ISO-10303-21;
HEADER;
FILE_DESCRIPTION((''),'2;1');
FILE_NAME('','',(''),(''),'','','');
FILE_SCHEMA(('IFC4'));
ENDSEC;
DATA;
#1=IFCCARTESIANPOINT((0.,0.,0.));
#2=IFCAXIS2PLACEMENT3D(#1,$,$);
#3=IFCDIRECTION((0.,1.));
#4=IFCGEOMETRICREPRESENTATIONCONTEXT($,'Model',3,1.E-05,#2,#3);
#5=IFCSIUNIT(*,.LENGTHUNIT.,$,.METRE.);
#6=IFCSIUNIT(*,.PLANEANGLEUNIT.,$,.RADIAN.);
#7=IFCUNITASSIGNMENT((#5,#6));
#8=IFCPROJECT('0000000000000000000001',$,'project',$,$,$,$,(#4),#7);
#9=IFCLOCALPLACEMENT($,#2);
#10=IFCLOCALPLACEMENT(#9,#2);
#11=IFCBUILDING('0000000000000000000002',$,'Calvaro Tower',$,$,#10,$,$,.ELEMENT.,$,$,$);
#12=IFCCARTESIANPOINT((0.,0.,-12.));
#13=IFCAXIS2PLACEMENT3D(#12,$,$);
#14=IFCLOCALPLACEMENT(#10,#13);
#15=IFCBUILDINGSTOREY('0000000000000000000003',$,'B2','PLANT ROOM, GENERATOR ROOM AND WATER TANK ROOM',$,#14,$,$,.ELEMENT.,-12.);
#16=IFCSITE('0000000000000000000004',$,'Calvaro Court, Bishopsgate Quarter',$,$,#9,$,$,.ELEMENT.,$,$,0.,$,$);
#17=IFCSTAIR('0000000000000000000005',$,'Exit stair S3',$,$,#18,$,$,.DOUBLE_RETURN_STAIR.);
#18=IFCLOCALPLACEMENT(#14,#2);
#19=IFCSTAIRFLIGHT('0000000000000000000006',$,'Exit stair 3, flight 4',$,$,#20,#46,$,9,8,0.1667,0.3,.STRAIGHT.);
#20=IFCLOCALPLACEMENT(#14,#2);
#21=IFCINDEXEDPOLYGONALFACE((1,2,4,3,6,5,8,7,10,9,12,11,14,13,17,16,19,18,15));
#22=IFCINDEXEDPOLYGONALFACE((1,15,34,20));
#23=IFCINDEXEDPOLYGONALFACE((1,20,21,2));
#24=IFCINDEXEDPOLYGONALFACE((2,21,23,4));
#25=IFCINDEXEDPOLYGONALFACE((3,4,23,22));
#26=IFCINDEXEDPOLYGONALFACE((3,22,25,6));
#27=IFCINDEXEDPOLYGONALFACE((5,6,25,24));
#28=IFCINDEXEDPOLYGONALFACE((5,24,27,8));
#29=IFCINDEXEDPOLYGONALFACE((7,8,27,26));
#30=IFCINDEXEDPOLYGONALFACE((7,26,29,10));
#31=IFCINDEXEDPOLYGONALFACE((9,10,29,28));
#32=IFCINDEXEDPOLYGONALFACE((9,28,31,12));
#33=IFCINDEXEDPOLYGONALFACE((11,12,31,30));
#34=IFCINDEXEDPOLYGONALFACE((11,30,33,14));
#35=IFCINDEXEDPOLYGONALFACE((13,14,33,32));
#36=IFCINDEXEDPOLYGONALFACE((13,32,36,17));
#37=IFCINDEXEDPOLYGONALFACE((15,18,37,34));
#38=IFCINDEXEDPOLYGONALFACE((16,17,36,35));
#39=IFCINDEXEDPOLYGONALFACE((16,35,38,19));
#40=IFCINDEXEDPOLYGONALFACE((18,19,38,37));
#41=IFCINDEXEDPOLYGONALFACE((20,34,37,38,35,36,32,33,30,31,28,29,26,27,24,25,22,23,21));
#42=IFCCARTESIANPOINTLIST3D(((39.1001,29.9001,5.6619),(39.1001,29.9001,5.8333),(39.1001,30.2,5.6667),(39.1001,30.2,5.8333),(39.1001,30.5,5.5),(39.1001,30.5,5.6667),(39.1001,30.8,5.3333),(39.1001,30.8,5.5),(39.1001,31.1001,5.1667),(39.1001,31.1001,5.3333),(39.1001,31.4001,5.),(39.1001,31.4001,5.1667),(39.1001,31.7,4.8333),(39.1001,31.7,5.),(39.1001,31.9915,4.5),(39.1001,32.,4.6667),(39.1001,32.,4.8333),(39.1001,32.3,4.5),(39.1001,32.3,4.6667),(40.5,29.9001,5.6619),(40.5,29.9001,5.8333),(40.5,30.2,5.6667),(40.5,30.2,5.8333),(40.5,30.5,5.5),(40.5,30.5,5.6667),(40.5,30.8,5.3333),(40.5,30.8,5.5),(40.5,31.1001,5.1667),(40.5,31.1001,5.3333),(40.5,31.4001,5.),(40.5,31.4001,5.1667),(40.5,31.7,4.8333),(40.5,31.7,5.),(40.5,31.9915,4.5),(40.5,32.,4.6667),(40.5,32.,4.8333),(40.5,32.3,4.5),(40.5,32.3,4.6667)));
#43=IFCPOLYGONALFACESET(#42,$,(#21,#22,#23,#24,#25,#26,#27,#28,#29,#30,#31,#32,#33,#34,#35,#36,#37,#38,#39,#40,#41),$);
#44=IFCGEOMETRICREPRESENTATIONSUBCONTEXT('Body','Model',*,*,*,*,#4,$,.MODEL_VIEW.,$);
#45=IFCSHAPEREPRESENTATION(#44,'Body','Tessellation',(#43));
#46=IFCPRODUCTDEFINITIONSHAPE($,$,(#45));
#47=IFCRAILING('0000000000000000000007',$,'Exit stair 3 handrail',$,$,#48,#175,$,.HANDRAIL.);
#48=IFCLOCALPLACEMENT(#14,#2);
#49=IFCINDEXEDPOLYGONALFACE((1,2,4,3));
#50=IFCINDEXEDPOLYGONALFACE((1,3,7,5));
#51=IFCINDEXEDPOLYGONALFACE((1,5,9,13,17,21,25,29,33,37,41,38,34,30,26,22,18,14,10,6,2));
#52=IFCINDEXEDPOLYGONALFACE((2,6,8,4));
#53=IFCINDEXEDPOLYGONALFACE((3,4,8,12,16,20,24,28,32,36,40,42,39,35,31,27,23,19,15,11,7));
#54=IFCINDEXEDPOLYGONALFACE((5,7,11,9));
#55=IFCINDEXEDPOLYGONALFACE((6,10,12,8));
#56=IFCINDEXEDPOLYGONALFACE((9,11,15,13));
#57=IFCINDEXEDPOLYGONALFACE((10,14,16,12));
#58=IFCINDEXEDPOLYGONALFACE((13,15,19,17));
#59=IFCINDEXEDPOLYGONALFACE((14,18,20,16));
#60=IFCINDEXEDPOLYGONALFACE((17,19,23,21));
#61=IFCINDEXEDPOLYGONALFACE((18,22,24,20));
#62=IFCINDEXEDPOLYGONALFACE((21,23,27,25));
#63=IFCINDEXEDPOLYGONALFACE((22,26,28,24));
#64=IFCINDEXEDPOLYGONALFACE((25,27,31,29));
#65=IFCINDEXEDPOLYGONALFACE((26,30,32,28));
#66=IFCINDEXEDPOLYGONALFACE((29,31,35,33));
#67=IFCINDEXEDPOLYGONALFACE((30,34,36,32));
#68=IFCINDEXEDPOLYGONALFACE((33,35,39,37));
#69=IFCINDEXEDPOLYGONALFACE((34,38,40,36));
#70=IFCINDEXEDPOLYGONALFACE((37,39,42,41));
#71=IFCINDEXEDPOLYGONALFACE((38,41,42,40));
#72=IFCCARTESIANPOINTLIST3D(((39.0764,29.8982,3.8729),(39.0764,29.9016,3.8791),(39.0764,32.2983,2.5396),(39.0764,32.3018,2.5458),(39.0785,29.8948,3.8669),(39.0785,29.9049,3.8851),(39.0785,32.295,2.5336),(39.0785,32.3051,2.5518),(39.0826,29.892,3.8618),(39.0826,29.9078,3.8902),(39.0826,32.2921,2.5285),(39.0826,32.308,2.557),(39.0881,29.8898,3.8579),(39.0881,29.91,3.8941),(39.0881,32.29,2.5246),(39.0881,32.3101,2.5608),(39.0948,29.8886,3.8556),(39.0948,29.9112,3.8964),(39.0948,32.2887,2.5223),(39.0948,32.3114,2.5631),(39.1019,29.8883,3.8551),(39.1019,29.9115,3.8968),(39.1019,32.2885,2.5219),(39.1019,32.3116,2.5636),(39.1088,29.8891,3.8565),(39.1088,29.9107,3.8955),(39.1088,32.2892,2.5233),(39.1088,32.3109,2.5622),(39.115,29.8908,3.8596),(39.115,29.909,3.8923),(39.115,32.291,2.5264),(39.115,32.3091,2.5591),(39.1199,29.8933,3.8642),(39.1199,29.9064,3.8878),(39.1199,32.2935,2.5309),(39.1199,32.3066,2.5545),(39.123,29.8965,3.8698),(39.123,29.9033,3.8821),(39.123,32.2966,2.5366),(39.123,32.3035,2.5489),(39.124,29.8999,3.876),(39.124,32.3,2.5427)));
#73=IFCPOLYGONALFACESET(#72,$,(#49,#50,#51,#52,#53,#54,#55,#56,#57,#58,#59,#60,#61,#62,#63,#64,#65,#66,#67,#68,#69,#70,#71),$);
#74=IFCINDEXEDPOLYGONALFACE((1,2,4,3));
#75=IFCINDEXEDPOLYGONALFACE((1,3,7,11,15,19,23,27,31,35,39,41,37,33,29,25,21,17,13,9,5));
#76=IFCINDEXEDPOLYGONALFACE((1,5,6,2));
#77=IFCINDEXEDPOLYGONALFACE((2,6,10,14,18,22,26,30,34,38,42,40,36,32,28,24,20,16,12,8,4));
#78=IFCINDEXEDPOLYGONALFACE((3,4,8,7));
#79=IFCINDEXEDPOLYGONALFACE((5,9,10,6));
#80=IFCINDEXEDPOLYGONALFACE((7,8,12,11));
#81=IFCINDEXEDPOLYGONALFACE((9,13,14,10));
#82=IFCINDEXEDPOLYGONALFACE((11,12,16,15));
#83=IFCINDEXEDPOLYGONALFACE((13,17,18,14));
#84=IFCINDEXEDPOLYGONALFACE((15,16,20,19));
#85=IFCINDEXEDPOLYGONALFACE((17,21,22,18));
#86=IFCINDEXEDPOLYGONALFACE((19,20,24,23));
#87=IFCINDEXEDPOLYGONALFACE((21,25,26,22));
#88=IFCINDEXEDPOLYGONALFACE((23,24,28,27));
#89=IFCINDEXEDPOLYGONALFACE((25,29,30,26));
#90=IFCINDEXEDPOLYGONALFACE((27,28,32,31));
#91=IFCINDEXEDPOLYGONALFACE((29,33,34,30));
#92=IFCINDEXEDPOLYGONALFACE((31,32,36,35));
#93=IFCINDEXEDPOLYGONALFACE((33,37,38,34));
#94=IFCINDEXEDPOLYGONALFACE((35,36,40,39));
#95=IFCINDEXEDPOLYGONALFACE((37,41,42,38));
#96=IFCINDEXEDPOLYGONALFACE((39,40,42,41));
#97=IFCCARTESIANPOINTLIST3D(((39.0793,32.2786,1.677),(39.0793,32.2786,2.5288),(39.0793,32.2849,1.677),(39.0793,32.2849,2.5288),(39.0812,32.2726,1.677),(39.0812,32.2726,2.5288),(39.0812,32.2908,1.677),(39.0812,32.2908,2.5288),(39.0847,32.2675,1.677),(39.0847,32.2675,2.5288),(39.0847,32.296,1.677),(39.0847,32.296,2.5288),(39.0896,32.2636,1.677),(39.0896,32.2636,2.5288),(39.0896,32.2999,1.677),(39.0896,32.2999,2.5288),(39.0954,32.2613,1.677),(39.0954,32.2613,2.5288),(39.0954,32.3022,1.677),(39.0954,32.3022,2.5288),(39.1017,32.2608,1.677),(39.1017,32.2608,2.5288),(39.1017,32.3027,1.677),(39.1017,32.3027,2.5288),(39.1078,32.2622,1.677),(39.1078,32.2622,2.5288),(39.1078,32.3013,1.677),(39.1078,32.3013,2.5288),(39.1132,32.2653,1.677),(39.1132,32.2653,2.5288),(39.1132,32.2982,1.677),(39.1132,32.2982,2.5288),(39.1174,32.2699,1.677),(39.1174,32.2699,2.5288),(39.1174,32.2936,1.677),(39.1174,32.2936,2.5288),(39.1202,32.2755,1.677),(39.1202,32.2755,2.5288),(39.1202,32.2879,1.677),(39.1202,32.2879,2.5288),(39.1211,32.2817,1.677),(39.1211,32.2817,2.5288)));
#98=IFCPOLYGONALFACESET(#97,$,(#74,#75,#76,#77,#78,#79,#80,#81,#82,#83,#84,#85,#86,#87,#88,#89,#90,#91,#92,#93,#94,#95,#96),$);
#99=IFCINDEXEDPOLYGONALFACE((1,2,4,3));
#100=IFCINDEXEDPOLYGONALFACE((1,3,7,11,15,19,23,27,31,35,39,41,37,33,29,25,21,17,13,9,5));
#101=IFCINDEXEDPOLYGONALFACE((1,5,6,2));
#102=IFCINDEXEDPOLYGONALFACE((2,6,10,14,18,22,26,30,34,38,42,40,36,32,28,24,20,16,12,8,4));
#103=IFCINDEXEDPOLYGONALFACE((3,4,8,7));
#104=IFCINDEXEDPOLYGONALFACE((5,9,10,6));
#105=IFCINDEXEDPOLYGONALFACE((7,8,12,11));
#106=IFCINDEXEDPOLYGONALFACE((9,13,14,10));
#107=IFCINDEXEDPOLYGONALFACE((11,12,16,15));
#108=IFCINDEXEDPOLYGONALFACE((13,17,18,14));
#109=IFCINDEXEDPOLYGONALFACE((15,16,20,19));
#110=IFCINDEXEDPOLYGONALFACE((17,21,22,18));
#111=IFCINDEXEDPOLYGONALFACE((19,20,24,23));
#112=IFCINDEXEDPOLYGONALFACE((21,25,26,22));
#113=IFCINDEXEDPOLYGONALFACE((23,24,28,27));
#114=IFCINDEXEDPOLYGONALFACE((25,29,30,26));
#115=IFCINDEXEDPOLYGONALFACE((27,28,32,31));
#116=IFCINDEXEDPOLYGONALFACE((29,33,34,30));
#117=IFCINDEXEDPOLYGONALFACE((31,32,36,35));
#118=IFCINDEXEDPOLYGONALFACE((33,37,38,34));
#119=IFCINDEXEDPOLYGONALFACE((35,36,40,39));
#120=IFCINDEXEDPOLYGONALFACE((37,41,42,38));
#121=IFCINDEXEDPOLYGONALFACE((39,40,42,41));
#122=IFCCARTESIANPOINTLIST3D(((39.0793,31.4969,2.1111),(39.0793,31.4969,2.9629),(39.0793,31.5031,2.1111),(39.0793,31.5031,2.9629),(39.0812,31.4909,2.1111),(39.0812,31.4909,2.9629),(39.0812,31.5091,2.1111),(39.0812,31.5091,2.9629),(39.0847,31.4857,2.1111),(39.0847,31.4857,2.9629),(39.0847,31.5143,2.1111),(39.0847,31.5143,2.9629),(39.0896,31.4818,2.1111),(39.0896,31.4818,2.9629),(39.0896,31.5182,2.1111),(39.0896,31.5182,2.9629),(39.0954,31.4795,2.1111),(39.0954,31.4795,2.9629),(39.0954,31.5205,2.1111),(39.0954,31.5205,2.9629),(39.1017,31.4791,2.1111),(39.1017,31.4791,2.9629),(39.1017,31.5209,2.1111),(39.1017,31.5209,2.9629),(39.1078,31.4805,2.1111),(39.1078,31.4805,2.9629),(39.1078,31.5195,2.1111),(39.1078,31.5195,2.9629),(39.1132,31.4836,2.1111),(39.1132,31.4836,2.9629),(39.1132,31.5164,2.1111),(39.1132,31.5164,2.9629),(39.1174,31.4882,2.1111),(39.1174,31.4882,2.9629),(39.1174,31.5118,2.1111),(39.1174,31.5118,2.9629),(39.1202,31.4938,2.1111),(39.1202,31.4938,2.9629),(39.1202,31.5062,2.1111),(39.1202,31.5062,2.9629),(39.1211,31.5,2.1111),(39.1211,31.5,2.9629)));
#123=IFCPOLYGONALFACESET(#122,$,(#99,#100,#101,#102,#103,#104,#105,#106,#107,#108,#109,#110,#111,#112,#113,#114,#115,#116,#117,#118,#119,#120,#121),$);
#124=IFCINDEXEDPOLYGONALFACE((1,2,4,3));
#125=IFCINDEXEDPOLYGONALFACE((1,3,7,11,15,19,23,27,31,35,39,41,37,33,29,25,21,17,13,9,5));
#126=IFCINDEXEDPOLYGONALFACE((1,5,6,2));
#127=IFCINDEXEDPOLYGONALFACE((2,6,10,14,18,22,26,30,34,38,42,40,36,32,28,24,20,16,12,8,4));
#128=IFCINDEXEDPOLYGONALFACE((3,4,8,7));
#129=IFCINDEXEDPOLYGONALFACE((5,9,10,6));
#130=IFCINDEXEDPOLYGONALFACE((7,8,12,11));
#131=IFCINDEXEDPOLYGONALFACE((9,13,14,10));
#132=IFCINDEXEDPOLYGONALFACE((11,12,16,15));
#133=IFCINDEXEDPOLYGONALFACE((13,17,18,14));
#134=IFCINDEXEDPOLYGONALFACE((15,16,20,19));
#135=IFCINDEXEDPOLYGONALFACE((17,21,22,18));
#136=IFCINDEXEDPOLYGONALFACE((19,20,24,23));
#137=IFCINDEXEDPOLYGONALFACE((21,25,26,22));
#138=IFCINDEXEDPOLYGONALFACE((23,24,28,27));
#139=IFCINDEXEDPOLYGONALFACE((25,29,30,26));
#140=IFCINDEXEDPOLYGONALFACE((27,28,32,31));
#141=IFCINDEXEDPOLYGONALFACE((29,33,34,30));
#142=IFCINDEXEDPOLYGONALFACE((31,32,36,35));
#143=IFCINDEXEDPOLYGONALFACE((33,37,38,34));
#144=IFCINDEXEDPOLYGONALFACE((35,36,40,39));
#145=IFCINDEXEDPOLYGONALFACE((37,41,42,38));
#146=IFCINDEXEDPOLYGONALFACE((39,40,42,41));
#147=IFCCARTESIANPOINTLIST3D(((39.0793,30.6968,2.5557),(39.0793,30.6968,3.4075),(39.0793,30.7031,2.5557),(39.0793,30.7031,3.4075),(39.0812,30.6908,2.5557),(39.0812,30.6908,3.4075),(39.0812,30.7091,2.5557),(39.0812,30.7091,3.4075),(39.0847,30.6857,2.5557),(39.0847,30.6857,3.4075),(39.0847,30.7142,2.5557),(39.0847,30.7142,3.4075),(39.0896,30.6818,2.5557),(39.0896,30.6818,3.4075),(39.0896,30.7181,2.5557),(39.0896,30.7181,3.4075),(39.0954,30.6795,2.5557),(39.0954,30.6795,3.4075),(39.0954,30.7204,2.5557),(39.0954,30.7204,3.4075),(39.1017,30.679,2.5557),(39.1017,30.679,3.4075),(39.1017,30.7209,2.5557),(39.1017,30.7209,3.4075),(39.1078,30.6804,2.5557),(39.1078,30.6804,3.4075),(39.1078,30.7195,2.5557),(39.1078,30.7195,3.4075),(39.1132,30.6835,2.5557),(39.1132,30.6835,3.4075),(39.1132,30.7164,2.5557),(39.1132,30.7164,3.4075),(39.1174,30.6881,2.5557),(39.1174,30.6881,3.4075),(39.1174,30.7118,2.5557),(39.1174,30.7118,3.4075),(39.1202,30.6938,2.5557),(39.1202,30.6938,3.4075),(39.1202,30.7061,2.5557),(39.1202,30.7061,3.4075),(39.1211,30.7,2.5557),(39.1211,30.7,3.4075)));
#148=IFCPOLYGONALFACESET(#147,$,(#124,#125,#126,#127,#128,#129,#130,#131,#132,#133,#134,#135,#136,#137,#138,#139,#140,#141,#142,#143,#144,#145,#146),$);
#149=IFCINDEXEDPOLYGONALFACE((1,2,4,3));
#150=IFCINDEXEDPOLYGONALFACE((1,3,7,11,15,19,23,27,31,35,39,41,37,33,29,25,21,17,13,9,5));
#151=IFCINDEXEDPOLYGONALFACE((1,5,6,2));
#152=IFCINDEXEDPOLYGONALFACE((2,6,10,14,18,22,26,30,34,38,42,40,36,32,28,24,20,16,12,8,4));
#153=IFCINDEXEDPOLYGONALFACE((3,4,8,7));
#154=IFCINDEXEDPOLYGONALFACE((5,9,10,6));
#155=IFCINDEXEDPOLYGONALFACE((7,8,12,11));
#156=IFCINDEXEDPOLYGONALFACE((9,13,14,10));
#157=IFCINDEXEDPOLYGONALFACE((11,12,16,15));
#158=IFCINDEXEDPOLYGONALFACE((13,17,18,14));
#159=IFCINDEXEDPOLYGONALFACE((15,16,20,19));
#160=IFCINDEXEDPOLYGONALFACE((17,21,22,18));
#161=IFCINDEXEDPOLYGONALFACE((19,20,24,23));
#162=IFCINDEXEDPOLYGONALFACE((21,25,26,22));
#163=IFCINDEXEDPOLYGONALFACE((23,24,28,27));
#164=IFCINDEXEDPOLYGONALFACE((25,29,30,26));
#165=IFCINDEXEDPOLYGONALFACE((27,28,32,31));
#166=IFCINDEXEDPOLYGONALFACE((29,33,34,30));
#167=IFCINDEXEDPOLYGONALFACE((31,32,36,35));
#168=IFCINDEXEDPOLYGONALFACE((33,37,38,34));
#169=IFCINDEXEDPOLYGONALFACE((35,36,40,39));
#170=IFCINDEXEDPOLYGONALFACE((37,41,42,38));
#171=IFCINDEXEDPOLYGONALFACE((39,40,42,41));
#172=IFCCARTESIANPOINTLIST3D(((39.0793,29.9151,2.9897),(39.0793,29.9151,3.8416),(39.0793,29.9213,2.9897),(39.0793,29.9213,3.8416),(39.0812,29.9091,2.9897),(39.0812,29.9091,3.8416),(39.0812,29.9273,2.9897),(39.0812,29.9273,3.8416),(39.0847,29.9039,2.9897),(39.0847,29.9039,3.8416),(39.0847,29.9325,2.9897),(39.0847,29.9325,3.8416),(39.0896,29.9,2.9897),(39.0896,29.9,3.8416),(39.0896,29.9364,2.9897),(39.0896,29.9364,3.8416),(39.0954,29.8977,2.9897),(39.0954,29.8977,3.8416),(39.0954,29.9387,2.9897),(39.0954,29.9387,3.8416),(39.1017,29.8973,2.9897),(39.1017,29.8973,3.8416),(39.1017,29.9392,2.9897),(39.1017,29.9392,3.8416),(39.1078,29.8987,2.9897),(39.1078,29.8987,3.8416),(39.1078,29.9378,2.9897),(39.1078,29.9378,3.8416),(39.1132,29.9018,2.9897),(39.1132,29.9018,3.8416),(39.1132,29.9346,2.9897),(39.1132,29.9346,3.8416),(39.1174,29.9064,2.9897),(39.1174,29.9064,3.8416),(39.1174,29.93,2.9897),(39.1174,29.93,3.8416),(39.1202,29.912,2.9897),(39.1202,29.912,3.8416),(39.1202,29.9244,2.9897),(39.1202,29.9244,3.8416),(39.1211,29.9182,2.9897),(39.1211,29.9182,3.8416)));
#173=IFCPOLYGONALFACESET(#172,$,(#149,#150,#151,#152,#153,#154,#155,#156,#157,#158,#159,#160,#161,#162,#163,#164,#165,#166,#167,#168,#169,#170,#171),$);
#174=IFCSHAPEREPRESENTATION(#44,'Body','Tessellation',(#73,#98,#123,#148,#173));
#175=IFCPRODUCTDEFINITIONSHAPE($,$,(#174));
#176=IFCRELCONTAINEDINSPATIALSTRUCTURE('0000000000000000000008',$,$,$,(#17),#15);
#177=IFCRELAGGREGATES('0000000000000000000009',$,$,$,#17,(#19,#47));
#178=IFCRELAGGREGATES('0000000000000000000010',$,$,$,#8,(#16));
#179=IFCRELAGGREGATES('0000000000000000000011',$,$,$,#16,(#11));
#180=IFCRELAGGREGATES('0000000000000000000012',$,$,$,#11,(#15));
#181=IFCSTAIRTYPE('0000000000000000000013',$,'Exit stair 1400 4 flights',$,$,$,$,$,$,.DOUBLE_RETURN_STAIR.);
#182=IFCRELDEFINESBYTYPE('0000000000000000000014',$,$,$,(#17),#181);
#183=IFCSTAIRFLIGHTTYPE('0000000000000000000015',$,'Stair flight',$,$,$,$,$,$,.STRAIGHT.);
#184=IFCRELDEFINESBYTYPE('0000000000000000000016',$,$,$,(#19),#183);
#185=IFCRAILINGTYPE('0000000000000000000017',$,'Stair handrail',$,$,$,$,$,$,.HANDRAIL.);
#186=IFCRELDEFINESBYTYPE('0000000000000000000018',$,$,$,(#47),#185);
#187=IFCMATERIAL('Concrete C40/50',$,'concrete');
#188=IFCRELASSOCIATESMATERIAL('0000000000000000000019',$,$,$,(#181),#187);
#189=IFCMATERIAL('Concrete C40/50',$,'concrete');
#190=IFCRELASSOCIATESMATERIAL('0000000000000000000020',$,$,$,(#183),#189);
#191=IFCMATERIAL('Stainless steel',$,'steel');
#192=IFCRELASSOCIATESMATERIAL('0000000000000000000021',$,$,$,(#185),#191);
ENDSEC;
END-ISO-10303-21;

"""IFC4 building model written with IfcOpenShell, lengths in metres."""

from ifc_helpers import new_model, si_unit, direction, frame, origin, origin_2d, place, context, subcontext, project, spatial, polyline, circle, outline, extrude, material, type_object, element, aggregate, save


model = new_model("IFC4")

# Units and contexts
model_context = context("Model", 3, precision=1e-05, world=origin(), true_north=direction((0.0, 1.0)))
body_context = subcontext(model_context, "Body", "Model", "MODEL_VIEW")
ifc_project = project(units=[si_unit("LENGTHUNIT", "METRE"), si_unit("PLANEANGLEUNIT", "RADIAN")], contexts=[model_context])

# Site, building, storey
site_placement = place(None, origin())
site = spatial("IfcSite", under=ifc_project, at=site_placement, Name="Calvaro Court, Bishopsgate Quarter", CompositionType="ELEMENT", RefElevation=0.0)
building_placement = place(site_placement, origin())
building = spatial("IfcBuilding", under=site, at=building_placement, Name="Calvaro Tower", CompositionType="ELEMENT")
storey_placement = place(building_placement, frame((0.0, 0.0, -12.0)))
storey = spatial("IfcBuildingStorey", under=building, at=storey_placement, Name="B2", Description="PLANT ROOM, GENERATOR ROOM AND WATER TANK ROOM", CompositionType="ELEMENT", Elevation=-12.0)

# Stair, stair flight, railing
ifc_material_1 = material(Name="Concrete C40/50", Category="concrete")
stair_type = type_object("IfcStairType", Name="Exit stair 1400 4 flights", PredefinedType="DOUBLE_RETURN_STAIR", material=ifc_material_1)
stair_placement = place(storey_placement, origin())
stair = element("IfcStair", 1, at=stair_placement, inside=storey, type_object=stair_type, Name="Exit stair S3", PredefinedType="DOUBLE_RETURN_STAIR")
ifc_material_2 = material(Name="Concrete C40/50", Category="concrete")
stair_flight_type = type_object("IfcStairFlightType", Name="Stair flight", PredefinedType="STRAIGHT", material=ifc_material_2)
stair_flight_1_placement = place(storey_placement, frame((39.8, 32.3, 4.5), z_axis=(0.0, 0.0, 1.0), x_axis=(0.0, -1.0, 0.0)))
stair_flight_1 = element("IfcStairFlight", 2, at=stair_flight_1_placement, type_object=stair_flight_type, Name="Exit stair 3, flight 4", NumberOfRisers=9, NumberOfTreads=8, PredefinedType="STRAIGHT", RiserHeight=0.1667, TreadLength=0.3, context=body_context, shape_type="SweptSolid", body=[
    extrude(outline(polyline([(0.0, 0.0), (0.0, 0.1667), (0.3, 0.1667), (0.3, 0.3333), (0.6001, 0.3333), (0.6001, 0.5), (0.8999, 0.5), (0.8999, 0.6667), (1.2, 0.6667), (1.2, 0.8333), (1.5, 0.8333), (1.5, 1.0), (1.8, 1.0), (1.8, 1.1667), (2.1001, 1.1667), (2.1001, 1.3333), (2.3999, 1.3333), (2.3999, 1.5), (2.3999, 1.1619), (0.3086, 0.0), (0.0, 0.0)])), frame((0.0, 0.7, 0.0), z_axis=(0.0, -1.0, 0.0), x_axis=(1.0, 0.0, 0.0)), (0.0, 0.0, 1.0), 1.3999),
])
ifc_material_3 = material(Name="Stainless steel", Category="steel")
railing_type = type_object("IfcRailingType", Name="Stair handrail", PredefinedType="HANDRAIL", material=ifc_material_3)
railing_1_placement = place(storey_placement, frame((39.1001, 32.3, 1.6667)))
railing_1 = element("IfcRailing", 3, at=railing_1_placement, type_object=railing_type, Name="Exit stair 3 handrail", PredefinedType="HANDRAIL", context=body_context, shape_type="SweptSolid", body=[
    extrude(circle(Radius=0.0239, at=origin_2d()), frame((0.0, 0.0, 0.876), z_axis=(0.0, -0.874182, 0.485598), x_axis=(1.0, 0.0, 0.0)), (0.0, 0.0, 1.0), 2.7456),
    extrude(circle(Radius=0.021, at=origin_2d()), frame((0.0, -0.0183, 0.0103)), (0.0, 0.0, 1.0), 0.8518),
    extrude(circle(Radius=0.021, at=origin_2d()), frame((0.0, -0.8, 0.4443)), (0.0, 0.0, 1.0), 0.8518),
    extrude(circle(Radius=0.021, at=origin_2d()), frame((0.0, -1.6001, 0.8889)), (0.0, 0.0, 1.0), 0.8518),
    extrude(circle(Radius=0.021, at=origin_2d()), frame((0.0, -2.3818, 1.323)), (0.0, 0.0, 1.0), 0.8518),
])
aggregate(stair, [stair_flight_1, railing_1])

save(model, "model.ifc")
